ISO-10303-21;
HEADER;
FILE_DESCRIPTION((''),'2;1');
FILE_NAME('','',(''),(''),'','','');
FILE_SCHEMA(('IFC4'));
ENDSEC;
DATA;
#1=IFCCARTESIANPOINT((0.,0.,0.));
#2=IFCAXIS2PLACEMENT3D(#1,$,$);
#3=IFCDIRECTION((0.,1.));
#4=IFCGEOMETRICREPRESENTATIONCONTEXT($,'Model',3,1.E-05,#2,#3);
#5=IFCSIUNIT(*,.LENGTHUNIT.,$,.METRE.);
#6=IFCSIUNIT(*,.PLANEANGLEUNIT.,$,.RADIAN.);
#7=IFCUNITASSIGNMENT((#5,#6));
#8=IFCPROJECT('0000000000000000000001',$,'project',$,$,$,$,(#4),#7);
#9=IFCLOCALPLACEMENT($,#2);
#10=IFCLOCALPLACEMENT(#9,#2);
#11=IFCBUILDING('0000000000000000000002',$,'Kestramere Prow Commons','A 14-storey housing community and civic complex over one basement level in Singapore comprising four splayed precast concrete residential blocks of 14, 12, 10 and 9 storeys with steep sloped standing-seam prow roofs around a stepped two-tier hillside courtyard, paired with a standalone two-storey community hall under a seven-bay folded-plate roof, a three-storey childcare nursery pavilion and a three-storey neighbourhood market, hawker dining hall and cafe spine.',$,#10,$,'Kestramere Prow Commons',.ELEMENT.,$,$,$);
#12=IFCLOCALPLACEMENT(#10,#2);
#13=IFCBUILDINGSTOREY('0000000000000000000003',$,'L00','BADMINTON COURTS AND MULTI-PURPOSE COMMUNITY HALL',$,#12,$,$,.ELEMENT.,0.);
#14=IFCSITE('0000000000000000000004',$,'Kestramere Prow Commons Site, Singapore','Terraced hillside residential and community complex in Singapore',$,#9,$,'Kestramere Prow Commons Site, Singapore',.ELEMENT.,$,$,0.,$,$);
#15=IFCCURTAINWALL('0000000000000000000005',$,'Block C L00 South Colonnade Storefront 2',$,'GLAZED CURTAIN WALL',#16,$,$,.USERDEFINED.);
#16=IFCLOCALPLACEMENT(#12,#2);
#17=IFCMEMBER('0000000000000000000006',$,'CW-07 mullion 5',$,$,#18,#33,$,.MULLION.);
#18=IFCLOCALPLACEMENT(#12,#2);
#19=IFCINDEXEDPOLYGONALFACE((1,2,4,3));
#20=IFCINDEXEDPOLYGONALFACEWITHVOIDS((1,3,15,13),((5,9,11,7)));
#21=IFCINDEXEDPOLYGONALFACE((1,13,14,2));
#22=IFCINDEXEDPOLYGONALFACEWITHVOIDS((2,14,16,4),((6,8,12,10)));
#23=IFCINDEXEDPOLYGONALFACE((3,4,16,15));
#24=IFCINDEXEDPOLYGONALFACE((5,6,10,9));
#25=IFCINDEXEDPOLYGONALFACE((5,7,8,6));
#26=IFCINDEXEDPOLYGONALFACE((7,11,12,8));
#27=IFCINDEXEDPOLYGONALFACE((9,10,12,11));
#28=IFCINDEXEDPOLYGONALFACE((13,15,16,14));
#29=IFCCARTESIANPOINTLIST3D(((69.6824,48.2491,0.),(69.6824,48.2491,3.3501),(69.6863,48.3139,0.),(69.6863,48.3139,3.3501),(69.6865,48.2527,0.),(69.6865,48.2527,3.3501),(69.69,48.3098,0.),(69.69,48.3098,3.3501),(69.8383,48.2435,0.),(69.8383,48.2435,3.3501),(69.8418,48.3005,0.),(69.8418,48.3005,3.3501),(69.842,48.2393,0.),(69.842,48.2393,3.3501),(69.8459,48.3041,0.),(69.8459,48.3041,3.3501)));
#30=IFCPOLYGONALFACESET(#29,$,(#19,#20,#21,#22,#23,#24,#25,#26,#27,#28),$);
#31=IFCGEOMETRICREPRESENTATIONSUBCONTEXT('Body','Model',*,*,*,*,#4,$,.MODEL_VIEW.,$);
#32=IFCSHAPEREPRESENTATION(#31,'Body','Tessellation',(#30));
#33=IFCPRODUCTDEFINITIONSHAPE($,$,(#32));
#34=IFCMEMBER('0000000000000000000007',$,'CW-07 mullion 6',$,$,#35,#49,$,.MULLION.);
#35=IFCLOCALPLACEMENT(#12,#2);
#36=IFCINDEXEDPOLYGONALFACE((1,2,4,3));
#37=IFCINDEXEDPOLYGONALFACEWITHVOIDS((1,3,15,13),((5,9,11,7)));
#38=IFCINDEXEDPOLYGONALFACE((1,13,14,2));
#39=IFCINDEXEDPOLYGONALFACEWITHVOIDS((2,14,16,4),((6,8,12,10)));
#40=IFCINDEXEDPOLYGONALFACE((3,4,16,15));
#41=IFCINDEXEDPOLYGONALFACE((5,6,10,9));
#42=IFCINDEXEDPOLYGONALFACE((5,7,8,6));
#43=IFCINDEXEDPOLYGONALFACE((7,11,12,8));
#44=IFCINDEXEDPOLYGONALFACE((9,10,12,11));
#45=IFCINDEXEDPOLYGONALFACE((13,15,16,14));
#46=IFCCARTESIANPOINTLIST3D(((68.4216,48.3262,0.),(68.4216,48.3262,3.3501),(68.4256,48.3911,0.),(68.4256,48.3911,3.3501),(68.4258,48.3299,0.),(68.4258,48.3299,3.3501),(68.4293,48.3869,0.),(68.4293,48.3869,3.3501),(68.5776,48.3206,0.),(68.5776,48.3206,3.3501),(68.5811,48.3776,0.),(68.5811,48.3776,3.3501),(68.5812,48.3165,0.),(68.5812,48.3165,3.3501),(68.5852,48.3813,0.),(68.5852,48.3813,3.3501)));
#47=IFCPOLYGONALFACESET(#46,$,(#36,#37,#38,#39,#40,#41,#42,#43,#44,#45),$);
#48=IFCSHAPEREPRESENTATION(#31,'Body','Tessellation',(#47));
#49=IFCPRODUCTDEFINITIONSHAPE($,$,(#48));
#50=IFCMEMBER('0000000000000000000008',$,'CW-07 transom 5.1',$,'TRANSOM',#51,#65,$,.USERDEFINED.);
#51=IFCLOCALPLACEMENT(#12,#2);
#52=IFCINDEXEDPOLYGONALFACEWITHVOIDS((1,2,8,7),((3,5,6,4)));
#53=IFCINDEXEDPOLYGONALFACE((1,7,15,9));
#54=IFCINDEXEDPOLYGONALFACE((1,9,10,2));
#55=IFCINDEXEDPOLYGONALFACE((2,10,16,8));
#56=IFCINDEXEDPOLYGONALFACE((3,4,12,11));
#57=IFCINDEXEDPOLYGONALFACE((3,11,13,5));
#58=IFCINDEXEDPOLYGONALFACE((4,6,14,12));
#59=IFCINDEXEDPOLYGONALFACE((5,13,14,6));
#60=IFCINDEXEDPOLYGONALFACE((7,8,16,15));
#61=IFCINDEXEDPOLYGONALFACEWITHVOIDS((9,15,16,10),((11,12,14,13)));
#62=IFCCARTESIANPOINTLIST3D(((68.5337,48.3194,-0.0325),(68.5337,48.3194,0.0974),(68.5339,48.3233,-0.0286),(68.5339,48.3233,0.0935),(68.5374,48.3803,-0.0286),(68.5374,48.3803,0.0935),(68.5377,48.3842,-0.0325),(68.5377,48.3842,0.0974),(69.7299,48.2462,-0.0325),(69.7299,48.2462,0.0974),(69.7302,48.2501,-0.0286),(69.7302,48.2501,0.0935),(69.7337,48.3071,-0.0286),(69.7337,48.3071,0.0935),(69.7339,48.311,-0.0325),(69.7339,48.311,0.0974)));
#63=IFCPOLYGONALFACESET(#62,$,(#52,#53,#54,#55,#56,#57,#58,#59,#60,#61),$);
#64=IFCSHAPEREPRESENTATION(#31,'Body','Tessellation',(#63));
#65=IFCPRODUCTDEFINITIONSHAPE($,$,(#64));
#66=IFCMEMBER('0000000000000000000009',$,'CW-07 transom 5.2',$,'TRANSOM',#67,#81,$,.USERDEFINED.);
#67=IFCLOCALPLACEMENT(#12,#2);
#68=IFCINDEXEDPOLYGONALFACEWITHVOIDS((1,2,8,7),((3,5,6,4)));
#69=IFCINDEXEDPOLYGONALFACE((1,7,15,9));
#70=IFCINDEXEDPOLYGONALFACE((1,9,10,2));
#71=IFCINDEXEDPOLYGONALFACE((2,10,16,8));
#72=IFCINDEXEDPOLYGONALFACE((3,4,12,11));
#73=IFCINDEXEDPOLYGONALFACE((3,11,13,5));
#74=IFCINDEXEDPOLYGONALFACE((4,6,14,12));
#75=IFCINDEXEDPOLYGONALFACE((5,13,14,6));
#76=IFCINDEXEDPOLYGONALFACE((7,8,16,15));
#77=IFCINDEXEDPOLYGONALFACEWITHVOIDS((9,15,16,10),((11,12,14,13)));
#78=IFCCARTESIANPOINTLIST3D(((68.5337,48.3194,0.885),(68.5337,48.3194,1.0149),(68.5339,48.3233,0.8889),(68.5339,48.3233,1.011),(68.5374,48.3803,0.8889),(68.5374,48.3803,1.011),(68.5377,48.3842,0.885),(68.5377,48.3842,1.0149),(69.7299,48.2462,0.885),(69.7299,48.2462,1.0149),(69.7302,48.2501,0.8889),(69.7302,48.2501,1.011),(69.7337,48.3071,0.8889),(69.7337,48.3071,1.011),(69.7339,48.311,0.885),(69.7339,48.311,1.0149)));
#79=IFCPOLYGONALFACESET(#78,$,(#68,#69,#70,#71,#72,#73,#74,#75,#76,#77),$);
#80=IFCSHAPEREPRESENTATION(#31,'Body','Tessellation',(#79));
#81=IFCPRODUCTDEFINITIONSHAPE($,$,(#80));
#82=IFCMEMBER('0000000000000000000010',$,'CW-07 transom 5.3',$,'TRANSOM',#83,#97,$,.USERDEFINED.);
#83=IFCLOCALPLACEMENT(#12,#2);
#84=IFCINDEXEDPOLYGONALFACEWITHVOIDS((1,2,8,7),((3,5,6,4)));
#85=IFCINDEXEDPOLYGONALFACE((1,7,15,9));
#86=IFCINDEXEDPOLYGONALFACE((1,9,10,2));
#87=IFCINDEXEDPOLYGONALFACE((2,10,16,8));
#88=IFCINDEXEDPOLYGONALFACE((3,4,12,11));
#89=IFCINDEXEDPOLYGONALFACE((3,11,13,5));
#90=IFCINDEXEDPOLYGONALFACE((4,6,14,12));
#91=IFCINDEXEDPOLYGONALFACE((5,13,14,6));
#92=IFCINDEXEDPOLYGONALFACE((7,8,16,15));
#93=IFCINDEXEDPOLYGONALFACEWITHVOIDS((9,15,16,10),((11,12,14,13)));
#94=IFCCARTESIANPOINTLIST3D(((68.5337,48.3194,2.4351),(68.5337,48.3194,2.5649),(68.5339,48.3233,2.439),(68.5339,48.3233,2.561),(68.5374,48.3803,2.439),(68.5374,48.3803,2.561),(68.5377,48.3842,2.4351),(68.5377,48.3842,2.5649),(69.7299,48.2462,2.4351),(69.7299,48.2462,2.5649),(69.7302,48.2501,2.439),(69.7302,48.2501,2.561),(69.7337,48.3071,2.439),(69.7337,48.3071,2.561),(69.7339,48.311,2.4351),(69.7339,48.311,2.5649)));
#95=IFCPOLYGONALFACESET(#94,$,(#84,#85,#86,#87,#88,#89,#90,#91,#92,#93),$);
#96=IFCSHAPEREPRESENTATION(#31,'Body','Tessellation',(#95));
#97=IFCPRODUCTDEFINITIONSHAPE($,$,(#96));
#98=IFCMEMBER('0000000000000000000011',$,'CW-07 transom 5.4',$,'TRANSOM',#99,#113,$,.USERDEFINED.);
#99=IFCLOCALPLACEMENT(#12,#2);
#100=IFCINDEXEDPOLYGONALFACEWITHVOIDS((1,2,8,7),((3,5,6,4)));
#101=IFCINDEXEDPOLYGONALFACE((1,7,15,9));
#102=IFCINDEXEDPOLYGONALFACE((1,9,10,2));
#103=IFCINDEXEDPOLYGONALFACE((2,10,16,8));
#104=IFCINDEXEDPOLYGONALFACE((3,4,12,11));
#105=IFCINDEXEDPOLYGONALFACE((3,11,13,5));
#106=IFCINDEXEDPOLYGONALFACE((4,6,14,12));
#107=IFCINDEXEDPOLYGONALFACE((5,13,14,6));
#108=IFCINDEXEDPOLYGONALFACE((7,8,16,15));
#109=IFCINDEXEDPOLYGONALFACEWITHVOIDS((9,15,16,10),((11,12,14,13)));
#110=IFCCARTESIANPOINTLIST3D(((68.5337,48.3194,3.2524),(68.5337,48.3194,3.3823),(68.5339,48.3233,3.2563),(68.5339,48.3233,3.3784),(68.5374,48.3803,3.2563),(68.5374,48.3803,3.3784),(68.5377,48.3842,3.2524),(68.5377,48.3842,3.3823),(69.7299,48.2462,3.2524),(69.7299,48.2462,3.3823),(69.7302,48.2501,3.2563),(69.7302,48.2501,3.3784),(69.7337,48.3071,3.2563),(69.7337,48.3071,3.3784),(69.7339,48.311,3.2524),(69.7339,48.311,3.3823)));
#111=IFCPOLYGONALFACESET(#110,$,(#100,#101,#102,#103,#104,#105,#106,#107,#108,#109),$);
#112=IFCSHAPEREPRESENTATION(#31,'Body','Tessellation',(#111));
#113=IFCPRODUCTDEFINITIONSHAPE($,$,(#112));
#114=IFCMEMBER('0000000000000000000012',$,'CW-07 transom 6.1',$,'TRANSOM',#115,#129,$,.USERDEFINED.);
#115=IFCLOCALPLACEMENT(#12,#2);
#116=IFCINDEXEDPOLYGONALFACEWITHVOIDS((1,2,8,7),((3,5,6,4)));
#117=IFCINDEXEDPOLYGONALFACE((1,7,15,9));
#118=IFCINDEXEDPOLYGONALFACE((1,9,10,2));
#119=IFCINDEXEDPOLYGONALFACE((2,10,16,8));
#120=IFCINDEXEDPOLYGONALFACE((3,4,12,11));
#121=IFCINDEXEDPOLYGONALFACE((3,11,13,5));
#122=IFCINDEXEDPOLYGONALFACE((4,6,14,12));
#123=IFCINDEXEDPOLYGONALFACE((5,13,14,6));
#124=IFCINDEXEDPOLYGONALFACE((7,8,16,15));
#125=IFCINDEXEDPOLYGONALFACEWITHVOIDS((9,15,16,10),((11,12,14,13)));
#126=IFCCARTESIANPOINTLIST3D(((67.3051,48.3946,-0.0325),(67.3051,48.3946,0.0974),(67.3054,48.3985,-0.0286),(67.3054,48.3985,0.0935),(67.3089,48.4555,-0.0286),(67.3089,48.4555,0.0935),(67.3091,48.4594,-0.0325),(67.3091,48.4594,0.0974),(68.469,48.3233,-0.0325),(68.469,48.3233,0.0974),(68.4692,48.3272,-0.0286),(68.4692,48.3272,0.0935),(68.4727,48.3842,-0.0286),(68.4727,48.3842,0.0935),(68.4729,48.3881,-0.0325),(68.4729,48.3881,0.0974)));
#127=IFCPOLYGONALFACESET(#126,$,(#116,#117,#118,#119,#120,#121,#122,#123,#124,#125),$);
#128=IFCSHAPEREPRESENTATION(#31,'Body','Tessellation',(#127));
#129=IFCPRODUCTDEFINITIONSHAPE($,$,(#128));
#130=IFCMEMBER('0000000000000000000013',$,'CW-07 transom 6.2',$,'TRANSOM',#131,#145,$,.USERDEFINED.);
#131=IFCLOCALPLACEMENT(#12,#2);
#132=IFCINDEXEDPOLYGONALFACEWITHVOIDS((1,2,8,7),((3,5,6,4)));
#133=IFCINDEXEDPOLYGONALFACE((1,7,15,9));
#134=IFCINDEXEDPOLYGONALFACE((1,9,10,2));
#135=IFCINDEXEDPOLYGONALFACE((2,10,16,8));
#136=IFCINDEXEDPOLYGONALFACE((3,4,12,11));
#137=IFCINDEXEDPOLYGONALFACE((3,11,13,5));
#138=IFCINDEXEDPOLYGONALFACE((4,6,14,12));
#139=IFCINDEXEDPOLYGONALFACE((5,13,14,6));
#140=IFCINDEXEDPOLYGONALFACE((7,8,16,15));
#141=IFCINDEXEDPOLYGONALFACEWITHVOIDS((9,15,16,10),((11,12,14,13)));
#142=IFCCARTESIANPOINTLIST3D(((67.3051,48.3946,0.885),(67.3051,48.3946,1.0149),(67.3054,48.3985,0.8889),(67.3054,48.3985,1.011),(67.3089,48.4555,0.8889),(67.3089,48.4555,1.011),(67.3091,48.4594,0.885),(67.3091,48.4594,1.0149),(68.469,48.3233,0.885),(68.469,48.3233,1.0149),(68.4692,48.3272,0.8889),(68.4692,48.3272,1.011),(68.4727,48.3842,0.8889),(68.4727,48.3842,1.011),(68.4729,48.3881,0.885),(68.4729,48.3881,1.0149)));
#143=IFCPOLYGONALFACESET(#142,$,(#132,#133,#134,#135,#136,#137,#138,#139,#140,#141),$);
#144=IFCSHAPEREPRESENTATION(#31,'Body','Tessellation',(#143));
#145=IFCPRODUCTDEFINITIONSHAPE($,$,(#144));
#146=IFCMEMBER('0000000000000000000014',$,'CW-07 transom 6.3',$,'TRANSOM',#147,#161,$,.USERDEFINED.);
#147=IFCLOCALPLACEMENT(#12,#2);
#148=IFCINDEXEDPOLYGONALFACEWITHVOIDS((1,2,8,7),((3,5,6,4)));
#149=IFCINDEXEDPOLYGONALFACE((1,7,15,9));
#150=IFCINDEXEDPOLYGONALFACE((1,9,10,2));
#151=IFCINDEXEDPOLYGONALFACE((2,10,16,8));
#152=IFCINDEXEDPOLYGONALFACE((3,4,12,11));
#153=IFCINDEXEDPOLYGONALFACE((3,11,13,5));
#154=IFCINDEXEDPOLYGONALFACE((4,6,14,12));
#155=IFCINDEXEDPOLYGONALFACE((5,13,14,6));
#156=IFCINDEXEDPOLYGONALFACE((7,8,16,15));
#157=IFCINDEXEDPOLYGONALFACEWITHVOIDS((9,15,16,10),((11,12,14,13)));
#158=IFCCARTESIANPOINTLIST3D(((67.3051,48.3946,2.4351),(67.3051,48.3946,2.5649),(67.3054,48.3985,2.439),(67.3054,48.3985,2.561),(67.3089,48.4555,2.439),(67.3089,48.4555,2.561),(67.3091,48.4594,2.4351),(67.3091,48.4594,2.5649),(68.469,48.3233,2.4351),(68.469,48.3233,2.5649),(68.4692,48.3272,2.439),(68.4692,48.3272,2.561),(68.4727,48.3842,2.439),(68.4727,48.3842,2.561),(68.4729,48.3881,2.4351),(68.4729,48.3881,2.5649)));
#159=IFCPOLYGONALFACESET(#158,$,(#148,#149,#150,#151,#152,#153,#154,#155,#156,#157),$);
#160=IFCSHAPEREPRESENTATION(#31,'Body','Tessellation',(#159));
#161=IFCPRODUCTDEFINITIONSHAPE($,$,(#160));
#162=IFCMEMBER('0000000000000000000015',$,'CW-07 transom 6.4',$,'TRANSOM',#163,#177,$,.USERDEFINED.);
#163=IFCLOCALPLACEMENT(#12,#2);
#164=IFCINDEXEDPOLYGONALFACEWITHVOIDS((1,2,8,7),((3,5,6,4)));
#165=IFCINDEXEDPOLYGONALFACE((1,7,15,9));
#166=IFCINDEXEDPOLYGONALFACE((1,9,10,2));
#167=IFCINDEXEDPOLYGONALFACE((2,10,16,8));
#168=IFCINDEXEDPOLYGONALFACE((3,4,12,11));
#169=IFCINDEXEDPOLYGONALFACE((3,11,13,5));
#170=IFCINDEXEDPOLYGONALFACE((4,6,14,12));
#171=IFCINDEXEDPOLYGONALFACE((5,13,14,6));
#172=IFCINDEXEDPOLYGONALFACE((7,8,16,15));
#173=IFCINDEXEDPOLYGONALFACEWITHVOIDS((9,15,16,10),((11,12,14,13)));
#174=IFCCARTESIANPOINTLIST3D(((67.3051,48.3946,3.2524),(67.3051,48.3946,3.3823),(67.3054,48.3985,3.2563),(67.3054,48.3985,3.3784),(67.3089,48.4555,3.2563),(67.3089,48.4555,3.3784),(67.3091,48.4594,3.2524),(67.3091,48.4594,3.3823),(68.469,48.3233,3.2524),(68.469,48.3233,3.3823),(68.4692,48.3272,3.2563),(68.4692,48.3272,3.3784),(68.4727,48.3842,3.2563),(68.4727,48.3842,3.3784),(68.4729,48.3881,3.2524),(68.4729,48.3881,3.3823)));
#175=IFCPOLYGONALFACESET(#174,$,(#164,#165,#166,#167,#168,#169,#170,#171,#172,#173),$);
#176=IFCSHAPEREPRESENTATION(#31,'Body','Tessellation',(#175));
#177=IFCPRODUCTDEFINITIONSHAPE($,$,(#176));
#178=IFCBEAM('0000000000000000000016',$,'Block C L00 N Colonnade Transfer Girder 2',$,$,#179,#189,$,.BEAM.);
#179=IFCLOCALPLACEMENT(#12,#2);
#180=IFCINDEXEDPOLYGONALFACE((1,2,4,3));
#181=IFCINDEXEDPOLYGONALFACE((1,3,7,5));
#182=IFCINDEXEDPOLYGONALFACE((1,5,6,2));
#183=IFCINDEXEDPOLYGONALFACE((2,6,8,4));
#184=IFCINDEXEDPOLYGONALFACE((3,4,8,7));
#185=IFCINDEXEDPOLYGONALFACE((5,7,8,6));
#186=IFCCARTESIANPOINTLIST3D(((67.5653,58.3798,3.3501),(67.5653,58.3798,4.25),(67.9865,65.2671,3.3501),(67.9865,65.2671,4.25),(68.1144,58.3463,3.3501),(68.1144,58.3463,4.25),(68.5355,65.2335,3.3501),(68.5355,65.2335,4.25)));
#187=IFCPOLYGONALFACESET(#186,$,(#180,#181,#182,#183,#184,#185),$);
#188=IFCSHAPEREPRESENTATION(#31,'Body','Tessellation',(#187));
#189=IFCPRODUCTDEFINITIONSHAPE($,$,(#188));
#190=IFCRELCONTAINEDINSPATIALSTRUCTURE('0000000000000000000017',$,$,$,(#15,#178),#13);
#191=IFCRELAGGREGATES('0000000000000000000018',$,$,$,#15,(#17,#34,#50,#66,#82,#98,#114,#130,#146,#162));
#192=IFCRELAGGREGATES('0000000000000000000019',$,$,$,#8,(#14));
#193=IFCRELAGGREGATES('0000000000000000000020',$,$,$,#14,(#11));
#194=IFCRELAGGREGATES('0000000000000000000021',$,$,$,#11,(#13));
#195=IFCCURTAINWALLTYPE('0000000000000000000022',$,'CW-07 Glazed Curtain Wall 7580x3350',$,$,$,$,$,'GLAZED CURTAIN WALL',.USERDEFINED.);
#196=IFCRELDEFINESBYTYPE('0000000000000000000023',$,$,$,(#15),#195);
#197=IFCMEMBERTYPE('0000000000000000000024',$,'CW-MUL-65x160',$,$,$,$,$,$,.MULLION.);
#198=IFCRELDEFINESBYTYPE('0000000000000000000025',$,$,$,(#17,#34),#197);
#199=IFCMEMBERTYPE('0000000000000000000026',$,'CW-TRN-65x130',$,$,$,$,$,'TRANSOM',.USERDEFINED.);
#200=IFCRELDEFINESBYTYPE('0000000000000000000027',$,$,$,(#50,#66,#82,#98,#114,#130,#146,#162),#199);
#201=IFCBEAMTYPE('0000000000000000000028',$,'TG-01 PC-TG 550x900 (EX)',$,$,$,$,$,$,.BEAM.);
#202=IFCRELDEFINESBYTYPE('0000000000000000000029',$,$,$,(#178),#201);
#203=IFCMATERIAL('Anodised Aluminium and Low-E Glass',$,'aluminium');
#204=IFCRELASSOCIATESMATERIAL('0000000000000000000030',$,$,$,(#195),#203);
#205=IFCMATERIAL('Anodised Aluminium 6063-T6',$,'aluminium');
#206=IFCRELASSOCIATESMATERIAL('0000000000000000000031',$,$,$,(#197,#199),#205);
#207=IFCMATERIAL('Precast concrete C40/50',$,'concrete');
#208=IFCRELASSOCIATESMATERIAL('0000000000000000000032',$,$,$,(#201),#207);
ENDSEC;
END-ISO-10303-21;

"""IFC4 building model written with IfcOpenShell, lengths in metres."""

from ifc_helpers import new_model, si_unit, direction, frame, origin, origin_2d, place, context, subcontext, project, spatial, rectangle, hollow_rectangle, extrude, material, material_profile, profile_set, type_object, element, aggregate, save


model = new_model("IFC4")

# Units and contexts
model_context = context("Model", 3, precision=1e-05, world=origin(), true_north=direction((0.0, 1.0)))
body_context = subcontext(model_context, "Body", "Model", "MODEL_VIEW")
ifc_project = project(units=[si_unit("LENGTHUNIT", "METRE"), si_unit("PLANEANGLEUNIT", "RADIAN")], contexts=[model_context])

# Site, building, storey
site_placement = place(None, origin())
site = spatial("IfcSite", under=ifc_project, at=site_placement, Name="Kestramere Prow Commons Site, Singapore", Description="Terraced hillside residential and community complex in Singapore", LongName="Kestramere Prow Commons Site, Singapore", CompositionType="ELEMENT", RefElevation=0.0)
building_placement = place(site_placement, origin())
building = spatial("IfcBuilding", under=site, at=building_placement, Name="Kestramere Prow Commons", Description="A 14-storey housing community and civic complex over one basement level in Singapore comprising four splayed precast concrete residential blocks of 14, 12, 10 and 9 storeys with steep sloped standing-seam prow roofs around a stepped two-tier hillside courtyard, paired with a standalone two-storey community hall under a seven-bay folded-plate roof, a three-storey childcare nursery pavilion and a three-storey neighbourhood market, hawker dining hall and cafe spine.", LongName="Kestramere Prow Commons", CompositionType="ELEMENT")
storey_placement = place(building_placement, origin())
storey = spatial("IfcBuildingStorey", under=building, at=storey_placement, Name="L00", Description="BADMINTON COURTS AND MULTI-PURPOSE COMMUNITY HALL", CompositionType="ELEMENT", Elevation=0.0)

# Shared definitions
ifc_material_1 = material(Name="Precast concrete C40/50", Category="concrete")

# Curtain wall, members
ifc_material_2 = material(Name="Anodised Aluminium and Low-E Glass", Category="aluminium")
curtain_wall_type = type_object("IfcCurtainWallType", Name="CW-07 Glazed Curtain Wall 7580x3350", ElementType="GLAZED CURTAIN WALL", PredefinedType="USERDEFINED", material=ifc_material_2)
curtain_wall_placement = place(storey_placement, origin())
curtain_wall = element("IfcCurtainWall", 1, at=curtain_wall_placement, inside=storey, type_object=curtain_wall_type, Name="Block C L00 South Colonnade Storefront 2", ObjectType="GLAZED CURTAIN WALL", PredefinedType="USERDEFINED")
ifc_material_3 = material(Name="Anodised Aluminium 6063-T6", Category="aluminium")
ifc_material_profile_1 = material_profile(ifc_material_3, hollow_rectangle(XDim=0.0649, YDim=0.1599, WallThickness=0.0039, at=origin_2d()), Name="ALU-MUL 65x160")
ifc_profile_set_1 = profile_set([ifc_material_profile_1], Name="Anodised Aluminium 6063-T6")
member_type_1 = type_object("IfcMemberType", Name="CW-MUL-65x160", PredefinedType="MULLION", material=ifc_profile_set_1)
member_1_placement = place(storey_placement, frame((69.7642, 48.2766, 0.0), z_axis=(0.0, 0.0, 1.0), x_axis=(-0.061049, -0.998135, 0.0)))
member_1 = element("IfcMember", 2, at=member_1_placement, type_object=member_type_1, Name="CW-07 mullion 5", PredefinedType="MULLION", context=body_context, shape_type="SweptSolid", body=[
    extrude(hollow_rectangle(XDim=0.0649, YDim=0.1599, WallThickness=0.0039, at=origin_2d()), origin(), (0.0, 0.0, 1.0), 3.3501),
])
member_2_placement = place(storey_placement, frame((68.5034, 48.3538, 0.0), z_axis=(0.0, 0.0, 1.0), x_axis=(-0.061049, -0.998135, 0.0)))
member_2 = element("IfcMember", 3, at=member_2_placement, type_object=member_type_1, Name="CW-07 mullion 6", PredefinedType="MULLION", context=body_context, shape_type="SweptSolid", body=[
    extrude(hollow_rectangle(XDim=0.0649, YDim=0.1599, WallThickness=0.0039, at=origin_2d()), origin(), (0.0, 0.0, 1.0), 3.3501),
])
ifc_material_profile_2 = material_profile(ifc_material_3, hollow_rectangle(XDim=0.0649, YDim=0.1299, WallThickness=0.0039, at=origin_2d()), Name="ALU-TRN 65x130")
ifc_profile_set_2 = profile_set([ifc_material_profile_2], Name="Anodised Aluminium 6063-T6")
member_type_2 = type_object("IfcMemberType", Name="CW-TRN-65x130", ElementType="TRANSOM", PredefinedType="USERDEFINED", material=ifc_profile_set_2)
member_3_placement = place(storey_placement, frame((69.7319, 48.2786, 0.0325), z_axis=(-0.998131, 0.06111, 0.0), x_axis=(-0.06111, -0.998131, 0.0)))
member_3 = element("IfcMember", 4, at=member_3_placement, type_object=member_type_2, Name="CW-07 transom 5.1", ObjectType="TRANSOM", PredefinedType="USERDEFINED", context=body_context, shape_type="SweptSolid", body=[
    extrude(hollow_rectangle(XDim=0.0649, YDim=0.1299, WallThickness=0.0039, at=origin_2d()), origin(), (0.0, 0.0, 1.0), 1.1985),
])
member_4_placement = place(storey_placement, frame((69.7319, 48.2786, 0.95), z_axis=(-0.998131, 0.06111, 0.0), x_axis=(-0.06111, -0.998131, 0.0)))
member_4 = element("IfcMember", 5, at=member_4_placement, type_object=member_type_2, Name="CW-07 transom 5.2", ObjectType="TRANSOM", PredefinedType="USERDEFINED", context=body_context, shape_type="SweptSolid", body=[
    extrude(hollow_rectangle(XDim=0.0649, YDim=0.1299, WallThickness=0.0039, at=origin_2d()), origin(), (0.0, 0.0, 1.0), 1.1985),
])
member_5_placement = place(storey_placement, frame((69.7319, 48.2786, 2.5), z_axis=(-0.998131, 0.06111, 0.0), x_axis=(-0.06111, -0.998131, 0.0)))
member_5 = element("IfcMember", 6, at=member_5_placement, type_object=member_type_2, Name="CW-07 transom 5.3", ObjectType="TRANSOM", PredefinedType="USERDEFINED", context=body_context, shape_type="SweptSolid", body=[
    extrude(hollow_rectangle(XDim=0.0649, YDim=0.1299, WallThickness=0.0039, at=origin_2d()), origin(), (0.0, 0.0, 1.0), 1.1985),
])
member_6_placement = place(storey_placement, frame((69.7319, 48.2786, 3.3174), z_axis=(-0.998131, 0.06111, 0.0), x_axis=(-0.06111, -0.998131, 0.0)))
member_6 = element("IfcMember", 7, at=member_6_placement, type_object=member_type_2, Name="CW-07 transom 5.4", ObjectType="TRANSOM", PredefinedType="USERDEFINED", context=body_context, shape_type="SweptSolid", body=[
    extrude(hollow_rectangle(XDim=0.0649, YDim=0.1299, WallThickness=0.0039, at=origin_2d()), origin(), (0.0, 0.0, 1.0), 1.1985),
])
member_7_placement = place(storey_placement, frame((68.4709, 48.3557, 0.0325), z_axis=(-0.998129, 0.06114, 0.0), x_axis=(-0.06114, -0.998129, 0.0)))
member_7 = element("IfcMember", 8, at=member_7_placement, type_object=member_type_2, Name="CW-07 transom 6.1", ObjectType="TRANSOM", PredefinedType="USERDEFINED", context=body_context, shape_type="SweptSolid", body=[
    extrude(hollow_rectangle(XDim=0.0649, YDim=0.1299, WallThickness=0.0039, at=origin_2d()), origin(), (0.0, 0.0, 1.0), 1.166),
])
member_8_placement = place(storey_placement, frame((68.4709, 48.3557, 0.95), z_axis=(-0.998129, 0.06114, 0.0), x_axis=(-0.06114, -0.998129, 0.0)))
member_8 = element("IfcMember", 9, at=member_8_placement, type_object=member_type_2, Name="CW-07 transom 6.2", ObjectType="TRANSOM", PredefinedType="USERDEFINED", context=body_context, shape_type="SweptSolid", body=[
    extrude(hollow_rectangle(XDim=0.0649, YDim=0.1299, WallThickness=0.0039, at=origin_2d()), origin(), (0.0, 0.0, 1.0), 1.166),
])
member_9_placement = place(storey_placement, frame((68.4709, 48.3557, 2.5), z_axis=(-0.998129, 0.06114, 0.0), x_axis=(-0.06114, -0.998129, 0.0)))
member_9 = element("IfcMember", 10, at=member_9_placement, type_object=member_type_2, Name="CW-07 transom 6.3", ObjectType="TRANSOM", PredefinedType="USERDEFINED", context=body_context, shape_type="SweptSolid", body=[
    extrude(hollow_rectangle(XDim=0.0649, YDim=0.1299, WallThickness=0.0039, at=origin_2d()), origin(), (0.0, 0.0, 1.0), 1.166),
])
member_10_placement = place(storey_placement, frame((68.4709, 48.3557, 3.3174), z_axis=(-0.998129, 0.06114, 0.0), x_axis=(-0.06114, -0.998129, 0.0)))
member_10 = element("IfcMember", 11, at=member_10_placement, type_object=member_type_2, Name="CW-07 transom 6.4", ObjectType="TRANSOM", PredefinedType="USERDEFINED", context=body_context, shape_type="SweptSolid", body=[
    extrude(hollow_rectangle(XDim=0.0649, YDim=0.1299, WallThickness=0.0039, at=origin_2d()), origin(), (0.0, 0.0, 1.0), 1.166),
])

# Beam
ifc_material_profile_3 = material_profile(ifc_material_1, rectangle(XDim=0.55, YDim=0.8999, at=origin_2d()), Name="PC-TG 550x900")
ifc_profile_set_3 = profile_set([ifc_material_profile_3], Name="Precast concrete C40/50")
beam_type_1 = type_object("IfcBeamType", Name="TG-01 PC-TG 550x900 (EX)", PredefinedType="BEAM", material=ifc_profile_set_3)
beam_1_placement = place(storey_placement, frame((67.8398, 58.363, 3.8), z_axis=(0.061035, 0.998136, 0.0), x_axis=(-0.998136, 0.061035, 0.0)))
element("IfcBeam", 12, at=beam_1_placement, inside=storey, type_object=beam_type_1, Name="Block C L00 N Colonnade Transfer Girder 2", PredefinedType="BEAM", context=body_context, shape_type="SweptSolid", body=[
    extrude(rectangle(XDim=0.55, YDim=0.8999, at=origin_2d()), origin(), (0.0, 0.0, 1.0), 6.9001),
])

aggregate(curtain_wall, [member_1, member_2, member_3, member_4, member_5, member_6, member_7, member_8, member_9, member_10])

save(model, "model.ifc")
